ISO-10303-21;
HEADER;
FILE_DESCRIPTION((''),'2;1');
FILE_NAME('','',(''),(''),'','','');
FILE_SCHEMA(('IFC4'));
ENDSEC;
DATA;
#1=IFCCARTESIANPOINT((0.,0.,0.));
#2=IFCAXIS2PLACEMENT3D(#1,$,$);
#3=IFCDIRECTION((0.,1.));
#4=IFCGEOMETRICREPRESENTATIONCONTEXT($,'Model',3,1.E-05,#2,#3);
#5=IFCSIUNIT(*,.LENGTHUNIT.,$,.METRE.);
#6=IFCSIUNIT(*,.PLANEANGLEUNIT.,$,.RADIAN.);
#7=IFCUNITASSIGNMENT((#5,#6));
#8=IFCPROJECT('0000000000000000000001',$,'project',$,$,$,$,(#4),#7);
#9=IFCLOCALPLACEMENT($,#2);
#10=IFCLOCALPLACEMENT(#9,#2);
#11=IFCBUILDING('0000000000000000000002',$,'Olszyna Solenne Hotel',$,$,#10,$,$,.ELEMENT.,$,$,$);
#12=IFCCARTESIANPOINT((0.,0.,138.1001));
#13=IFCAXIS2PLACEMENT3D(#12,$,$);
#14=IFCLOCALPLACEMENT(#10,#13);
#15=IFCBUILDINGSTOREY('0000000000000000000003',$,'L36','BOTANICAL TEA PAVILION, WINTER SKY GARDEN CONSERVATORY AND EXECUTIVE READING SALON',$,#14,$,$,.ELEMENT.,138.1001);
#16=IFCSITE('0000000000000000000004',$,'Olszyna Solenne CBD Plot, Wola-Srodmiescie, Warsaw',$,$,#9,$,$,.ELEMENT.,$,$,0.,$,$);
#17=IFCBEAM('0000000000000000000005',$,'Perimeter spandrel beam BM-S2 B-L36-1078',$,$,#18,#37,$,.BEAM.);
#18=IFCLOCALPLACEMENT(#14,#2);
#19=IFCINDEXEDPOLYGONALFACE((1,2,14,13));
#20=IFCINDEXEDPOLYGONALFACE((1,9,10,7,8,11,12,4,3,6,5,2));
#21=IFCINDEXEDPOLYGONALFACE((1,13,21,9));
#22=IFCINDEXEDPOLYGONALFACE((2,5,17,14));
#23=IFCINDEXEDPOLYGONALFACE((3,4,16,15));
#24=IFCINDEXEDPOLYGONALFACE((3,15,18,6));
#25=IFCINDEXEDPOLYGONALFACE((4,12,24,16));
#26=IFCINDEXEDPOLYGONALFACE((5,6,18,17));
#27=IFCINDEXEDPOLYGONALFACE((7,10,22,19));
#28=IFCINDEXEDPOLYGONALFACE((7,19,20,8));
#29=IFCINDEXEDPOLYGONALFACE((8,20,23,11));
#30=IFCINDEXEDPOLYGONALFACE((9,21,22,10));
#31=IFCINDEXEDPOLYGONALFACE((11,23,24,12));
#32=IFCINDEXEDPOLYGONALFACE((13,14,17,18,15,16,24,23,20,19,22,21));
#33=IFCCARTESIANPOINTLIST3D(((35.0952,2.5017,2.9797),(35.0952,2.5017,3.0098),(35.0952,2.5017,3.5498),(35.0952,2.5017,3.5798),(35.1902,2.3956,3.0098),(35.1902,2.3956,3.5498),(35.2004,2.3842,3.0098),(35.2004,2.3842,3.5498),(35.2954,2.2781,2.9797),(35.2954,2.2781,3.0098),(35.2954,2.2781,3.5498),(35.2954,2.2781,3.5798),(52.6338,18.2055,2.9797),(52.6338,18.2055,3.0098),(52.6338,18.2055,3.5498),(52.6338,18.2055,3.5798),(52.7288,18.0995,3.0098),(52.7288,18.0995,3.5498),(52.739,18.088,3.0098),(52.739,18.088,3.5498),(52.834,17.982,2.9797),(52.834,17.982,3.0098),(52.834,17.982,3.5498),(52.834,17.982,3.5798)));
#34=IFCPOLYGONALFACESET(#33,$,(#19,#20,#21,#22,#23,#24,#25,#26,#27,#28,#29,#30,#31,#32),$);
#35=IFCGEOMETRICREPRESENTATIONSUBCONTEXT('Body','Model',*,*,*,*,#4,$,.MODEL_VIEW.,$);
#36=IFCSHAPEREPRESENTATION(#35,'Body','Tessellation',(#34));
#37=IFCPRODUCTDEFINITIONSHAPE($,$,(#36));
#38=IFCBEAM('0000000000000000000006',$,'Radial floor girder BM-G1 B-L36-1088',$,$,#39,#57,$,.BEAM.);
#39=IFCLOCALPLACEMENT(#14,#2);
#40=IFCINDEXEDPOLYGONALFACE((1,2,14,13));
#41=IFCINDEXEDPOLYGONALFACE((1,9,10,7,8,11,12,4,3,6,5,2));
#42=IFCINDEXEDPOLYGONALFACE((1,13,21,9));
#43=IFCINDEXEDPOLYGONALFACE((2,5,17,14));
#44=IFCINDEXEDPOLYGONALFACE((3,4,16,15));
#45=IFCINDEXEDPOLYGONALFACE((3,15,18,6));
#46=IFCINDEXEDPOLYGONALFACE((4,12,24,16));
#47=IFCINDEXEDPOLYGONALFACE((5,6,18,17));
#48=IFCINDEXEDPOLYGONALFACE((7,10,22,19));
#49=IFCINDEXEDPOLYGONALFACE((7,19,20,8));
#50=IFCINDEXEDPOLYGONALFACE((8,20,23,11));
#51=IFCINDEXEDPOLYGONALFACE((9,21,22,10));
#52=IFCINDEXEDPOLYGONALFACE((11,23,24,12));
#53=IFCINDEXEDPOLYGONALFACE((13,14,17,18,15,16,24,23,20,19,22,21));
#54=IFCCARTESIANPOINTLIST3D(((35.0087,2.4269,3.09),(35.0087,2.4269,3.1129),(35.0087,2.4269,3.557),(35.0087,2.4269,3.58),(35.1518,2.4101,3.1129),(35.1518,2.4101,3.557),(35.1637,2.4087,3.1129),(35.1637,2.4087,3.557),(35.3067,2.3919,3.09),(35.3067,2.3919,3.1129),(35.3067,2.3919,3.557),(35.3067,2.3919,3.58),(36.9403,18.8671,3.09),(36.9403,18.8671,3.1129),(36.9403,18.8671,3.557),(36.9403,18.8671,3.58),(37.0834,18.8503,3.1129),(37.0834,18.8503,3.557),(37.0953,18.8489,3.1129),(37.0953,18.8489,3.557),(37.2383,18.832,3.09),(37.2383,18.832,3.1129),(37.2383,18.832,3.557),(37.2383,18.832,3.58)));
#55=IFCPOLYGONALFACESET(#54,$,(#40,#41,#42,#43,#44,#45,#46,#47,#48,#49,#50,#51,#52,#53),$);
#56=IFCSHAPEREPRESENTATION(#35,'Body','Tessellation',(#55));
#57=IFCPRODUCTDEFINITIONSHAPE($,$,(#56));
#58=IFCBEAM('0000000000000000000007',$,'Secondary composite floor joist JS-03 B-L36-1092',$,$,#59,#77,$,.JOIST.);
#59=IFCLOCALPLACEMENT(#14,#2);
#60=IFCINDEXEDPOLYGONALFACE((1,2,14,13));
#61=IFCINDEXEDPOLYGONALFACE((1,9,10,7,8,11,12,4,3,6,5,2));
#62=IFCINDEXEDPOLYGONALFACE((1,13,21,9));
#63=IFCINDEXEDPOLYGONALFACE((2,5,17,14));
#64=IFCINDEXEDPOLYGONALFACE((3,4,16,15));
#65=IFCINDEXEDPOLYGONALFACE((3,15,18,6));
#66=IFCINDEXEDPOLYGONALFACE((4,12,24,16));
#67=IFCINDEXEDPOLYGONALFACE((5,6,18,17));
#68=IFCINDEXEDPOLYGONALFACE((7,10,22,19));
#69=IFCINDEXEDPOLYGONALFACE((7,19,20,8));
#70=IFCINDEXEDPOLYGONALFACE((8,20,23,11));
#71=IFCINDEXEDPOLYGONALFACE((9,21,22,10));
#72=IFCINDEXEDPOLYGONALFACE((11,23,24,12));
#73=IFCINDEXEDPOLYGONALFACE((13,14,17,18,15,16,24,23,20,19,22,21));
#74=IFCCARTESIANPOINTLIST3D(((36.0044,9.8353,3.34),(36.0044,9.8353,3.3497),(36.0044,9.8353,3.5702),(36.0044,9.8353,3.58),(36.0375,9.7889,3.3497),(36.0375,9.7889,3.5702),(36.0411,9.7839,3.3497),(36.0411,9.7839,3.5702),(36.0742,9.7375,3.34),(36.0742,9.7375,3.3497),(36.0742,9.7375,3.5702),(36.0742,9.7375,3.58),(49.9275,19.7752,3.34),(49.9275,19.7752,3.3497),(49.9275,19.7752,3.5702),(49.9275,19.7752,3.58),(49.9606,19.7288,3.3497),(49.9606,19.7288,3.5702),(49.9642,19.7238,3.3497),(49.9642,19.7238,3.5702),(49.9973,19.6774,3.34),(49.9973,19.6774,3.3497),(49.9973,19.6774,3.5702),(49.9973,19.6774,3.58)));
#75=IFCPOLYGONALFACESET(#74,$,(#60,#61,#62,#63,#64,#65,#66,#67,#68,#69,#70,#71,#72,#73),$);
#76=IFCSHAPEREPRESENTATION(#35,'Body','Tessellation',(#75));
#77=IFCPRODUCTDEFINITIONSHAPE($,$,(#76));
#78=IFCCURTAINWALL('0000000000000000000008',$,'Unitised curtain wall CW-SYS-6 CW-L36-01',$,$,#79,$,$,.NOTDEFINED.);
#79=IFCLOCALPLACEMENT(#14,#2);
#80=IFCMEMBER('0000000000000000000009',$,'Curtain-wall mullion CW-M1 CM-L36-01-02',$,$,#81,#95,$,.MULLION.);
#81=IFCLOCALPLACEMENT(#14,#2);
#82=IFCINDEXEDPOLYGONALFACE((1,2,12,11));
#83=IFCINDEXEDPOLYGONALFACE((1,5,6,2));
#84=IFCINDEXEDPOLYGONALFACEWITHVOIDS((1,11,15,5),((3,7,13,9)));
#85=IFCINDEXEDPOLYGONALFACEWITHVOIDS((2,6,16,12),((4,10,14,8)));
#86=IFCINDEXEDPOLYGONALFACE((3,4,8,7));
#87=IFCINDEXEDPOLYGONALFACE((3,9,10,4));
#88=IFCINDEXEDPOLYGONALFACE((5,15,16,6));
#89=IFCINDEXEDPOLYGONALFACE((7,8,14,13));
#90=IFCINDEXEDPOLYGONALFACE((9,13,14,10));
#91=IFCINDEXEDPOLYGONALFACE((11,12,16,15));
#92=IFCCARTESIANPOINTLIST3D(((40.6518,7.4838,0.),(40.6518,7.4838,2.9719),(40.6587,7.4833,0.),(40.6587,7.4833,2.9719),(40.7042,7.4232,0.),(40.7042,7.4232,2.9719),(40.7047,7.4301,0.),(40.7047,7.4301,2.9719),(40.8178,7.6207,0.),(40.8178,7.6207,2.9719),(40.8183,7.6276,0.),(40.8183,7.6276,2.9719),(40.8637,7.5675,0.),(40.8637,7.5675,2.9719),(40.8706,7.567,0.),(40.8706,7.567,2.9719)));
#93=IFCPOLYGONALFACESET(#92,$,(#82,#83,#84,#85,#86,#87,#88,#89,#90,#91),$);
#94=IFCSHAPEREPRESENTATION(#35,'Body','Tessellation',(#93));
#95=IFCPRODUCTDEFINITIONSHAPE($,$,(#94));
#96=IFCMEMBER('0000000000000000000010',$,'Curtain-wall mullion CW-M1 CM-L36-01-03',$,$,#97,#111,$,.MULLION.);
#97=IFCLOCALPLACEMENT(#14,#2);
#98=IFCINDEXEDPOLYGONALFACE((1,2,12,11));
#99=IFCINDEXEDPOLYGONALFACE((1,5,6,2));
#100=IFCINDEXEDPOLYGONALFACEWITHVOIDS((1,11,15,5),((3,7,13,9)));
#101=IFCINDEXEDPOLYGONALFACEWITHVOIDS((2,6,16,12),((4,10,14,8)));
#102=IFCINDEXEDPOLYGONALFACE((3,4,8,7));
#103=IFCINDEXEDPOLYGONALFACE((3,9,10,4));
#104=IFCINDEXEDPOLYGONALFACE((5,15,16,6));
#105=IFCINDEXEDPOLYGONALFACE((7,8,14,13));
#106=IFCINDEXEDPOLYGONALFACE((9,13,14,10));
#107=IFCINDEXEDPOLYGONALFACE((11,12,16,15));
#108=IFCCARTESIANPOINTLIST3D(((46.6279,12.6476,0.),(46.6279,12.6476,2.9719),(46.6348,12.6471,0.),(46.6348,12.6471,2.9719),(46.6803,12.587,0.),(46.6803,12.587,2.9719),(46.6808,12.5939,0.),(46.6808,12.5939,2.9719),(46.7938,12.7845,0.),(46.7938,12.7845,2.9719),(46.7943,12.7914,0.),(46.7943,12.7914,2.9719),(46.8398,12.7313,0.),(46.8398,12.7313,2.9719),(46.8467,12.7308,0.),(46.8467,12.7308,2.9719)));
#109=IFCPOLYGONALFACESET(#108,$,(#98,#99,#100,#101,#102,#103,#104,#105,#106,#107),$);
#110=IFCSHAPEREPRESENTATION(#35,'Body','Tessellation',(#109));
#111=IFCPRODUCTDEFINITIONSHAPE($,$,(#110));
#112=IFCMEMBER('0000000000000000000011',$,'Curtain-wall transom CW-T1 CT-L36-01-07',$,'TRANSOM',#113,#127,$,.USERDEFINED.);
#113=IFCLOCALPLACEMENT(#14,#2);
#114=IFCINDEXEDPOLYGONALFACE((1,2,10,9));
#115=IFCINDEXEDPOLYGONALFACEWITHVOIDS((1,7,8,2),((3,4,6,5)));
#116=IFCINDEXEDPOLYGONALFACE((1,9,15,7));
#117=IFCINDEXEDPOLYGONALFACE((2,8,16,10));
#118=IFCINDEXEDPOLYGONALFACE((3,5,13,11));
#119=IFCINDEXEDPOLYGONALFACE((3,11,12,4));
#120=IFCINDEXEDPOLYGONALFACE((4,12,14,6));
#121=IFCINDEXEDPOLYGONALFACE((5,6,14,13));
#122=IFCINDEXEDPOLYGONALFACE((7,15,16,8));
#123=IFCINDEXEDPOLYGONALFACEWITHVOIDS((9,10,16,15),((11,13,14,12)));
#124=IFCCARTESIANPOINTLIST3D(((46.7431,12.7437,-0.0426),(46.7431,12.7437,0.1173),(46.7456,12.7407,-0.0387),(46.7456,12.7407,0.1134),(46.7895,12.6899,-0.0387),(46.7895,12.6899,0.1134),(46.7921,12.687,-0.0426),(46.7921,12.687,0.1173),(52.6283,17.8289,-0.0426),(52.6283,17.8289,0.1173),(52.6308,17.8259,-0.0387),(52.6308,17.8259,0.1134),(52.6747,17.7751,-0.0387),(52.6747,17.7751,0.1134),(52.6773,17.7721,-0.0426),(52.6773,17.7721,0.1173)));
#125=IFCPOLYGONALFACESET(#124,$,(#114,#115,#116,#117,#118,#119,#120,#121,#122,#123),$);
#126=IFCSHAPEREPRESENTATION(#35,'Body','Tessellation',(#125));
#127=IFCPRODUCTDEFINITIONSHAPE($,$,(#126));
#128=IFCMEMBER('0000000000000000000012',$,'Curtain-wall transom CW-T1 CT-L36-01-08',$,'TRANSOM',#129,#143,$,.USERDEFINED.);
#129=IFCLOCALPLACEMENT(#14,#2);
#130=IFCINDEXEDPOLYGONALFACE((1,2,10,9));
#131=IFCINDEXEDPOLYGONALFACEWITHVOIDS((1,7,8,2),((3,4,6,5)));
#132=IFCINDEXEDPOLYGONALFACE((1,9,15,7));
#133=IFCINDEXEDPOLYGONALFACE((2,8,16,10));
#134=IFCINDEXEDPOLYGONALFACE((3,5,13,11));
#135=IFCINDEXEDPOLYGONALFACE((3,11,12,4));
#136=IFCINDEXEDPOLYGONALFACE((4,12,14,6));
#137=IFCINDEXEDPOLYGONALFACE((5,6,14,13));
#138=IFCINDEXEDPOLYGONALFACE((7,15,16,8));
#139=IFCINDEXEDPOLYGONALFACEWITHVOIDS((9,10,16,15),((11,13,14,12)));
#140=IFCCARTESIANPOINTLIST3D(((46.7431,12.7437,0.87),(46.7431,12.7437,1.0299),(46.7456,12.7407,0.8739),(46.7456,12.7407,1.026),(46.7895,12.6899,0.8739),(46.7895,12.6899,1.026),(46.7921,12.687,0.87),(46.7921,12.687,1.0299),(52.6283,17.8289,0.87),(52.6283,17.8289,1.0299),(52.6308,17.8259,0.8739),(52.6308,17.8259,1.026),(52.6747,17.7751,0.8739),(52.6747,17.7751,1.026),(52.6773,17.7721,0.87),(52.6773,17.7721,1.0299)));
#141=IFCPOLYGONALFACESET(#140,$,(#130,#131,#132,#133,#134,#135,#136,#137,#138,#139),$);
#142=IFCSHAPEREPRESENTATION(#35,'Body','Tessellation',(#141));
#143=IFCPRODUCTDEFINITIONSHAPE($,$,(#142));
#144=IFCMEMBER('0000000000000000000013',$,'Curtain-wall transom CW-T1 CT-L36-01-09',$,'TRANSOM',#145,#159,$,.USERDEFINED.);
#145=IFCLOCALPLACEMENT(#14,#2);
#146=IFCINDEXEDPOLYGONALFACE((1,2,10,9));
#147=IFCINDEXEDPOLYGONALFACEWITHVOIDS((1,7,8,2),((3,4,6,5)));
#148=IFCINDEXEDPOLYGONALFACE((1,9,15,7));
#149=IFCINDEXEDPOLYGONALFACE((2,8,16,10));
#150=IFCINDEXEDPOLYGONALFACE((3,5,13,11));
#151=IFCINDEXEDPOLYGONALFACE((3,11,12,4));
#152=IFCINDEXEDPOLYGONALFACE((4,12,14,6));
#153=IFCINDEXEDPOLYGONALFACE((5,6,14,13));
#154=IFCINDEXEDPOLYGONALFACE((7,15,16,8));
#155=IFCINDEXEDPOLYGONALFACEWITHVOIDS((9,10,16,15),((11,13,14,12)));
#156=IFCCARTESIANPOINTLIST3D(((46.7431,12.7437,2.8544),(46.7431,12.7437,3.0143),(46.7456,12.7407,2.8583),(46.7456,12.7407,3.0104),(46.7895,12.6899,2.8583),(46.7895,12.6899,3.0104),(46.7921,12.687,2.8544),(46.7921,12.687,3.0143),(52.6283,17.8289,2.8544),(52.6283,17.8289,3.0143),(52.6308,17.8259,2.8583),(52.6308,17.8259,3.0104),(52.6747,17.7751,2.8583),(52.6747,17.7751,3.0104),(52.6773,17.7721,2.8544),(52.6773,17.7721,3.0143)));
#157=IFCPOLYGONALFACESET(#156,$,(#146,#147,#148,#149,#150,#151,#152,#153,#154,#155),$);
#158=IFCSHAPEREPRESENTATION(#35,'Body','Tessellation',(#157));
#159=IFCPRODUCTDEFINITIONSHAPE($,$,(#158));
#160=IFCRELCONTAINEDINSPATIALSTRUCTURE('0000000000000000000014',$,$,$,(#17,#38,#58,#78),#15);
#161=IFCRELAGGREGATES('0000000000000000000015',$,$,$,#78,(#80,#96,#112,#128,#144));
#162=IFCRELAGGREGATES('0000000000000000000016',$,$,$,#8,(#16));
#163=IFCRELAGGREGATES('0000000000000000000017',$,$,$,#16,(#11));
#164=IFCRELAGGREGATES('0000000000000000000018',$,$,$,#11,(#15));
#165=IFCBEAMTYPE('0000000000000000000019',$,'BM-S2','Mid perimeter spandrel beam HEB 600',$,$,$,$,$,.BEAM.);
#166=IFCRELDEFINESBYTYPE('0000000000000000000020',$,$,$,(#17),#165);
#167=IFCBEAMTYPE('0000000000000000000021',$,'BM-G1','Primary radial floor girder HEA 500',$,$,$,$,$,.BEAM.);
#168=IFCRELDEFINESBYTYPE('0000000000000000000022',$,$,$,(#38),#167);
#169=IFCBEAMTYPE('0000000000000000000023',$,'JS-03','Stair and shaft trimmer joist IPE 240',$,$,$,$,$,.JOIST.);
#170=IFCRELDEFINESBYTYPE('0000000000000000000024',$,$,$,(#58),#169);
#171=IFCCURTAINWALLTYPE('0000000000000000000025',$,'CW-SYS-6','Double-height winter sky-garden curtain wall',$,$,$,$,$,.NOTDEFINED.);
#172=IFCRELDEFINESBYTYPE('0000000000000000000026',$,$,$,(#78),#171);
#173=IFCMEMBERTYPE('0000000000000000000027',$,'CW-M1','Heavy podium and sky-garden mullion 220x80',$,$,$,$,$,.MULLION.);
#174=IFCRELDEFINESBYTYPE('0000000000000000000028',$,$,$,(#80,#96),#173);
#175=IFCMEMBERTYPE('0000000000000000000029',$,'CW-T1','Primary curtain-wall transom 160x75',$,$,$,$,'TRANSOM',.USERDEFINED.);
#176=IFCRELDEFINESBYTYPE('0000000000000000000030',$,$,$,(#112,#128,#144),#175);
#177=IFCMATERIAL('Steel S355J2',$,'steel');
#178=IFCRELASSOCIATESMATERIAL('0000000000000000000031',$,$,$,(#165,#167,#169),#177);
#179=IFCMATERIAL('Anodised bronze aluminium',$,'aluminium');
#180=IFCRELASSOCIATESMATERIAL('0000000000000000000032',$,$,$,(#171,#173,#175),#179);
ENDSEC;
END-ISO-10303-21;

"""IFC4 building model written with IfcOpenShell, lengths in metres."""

from ifc_helpers import new_model, si_unit, direction, frame, origin, origin_2d, place, context, subcontext, project, spatial, hollow_rectangle, i_section, extrude, source, transform, mapped, material, material_profile, profile_set, type_object, element, aggregate, save


model = new_model("IFC4")

# Units and contexts
model_context = context("Model", 3, precision=1e-05, world=origin(), true_north=direction((0.0, 1.0)))
body_context = subcontext(model_context, "Body", "Model", "MODEL_VIEW")
ifc_project = project(units=[si_unit("LENGTHUNIT", "METRE"), si_unit("PLANEANGLEUNIT", "RADIAN")], contexts=[model_context])

# Site, building, storey
site_placement = place(None, origin())
site = spatial("IfcSite", under=ifc_project, at=site_placement, Name="Olszyna Solenne CBD Plot, Wola-Srodmiescie, Warsaw", CompositionType="ELEMENT", RefElevation=0.0)
building_placement = place(site_placement, origin())
building = spatial("IfcBuilding", under=site, at=building_placement, Name="Olszyna Solenne Hotel", CompositionType="ELEMENT")
storey_placement = place(building_placement, frame((0.0, 0.0, 138.1001)))
storey = spatial("IfcBuildingStorey", under=building, at=storey_placement, Name="L36", Description="BOTANICAL TEA PAVILION, WINTER SKY GARDEN CONSERVATORY AND EXECUTIVE READING SALON", CompositionType="ELEMENT", Elevation=138.1001)

# Beams
ifc_material_1 = material(Name="Steel S355J2", Category="steel")
ifc_material_profile_1 = material_profile(ifc_material_1, i_section(OverallWidth=0.3, OverallDepth=0.6001, WebThickness=0.0154, FlangeThickness=0.03, at=origin_2d()), Name="HEB 600", Category="load-bearing")
ifc_profile_set_1 = profile_set([ifc_material_profile_1], Name="Steel S355J2")
beam_type_1 = type_object("IfcBeamType", Name="BM-S2", Description="Mid perimeter spandrel beam HEB 600", PredefinedType="BEAM", material=ifc_profile_set_1)
shared_shape_1 = source(origin(), body_context, "Body", "SweptSolid", [
    extrude(i_section(OverallWidth=0.3, OverallDepth=0.6001, WebThickness=0.0154, FlangeThickness=0.03, at=origin_2d()), origin(), (0.0, 0.0, 1.0), 23.5417),
])
beam_1_placement = place(storey_placement, frame((35.1953, 2.3899, 3.2798), z_axis=(0.745, 0.667065, 0.0), x_axis=(-0.667065, 0.745, 0.0)))
element("IfcBeam", 1, at=beam_1_placement, inside=storey, type_object=beam_type_1, Name="Perimeter spandrel beam BM-S2 B-L36-1078", PredefinedType="BEAM", context=body_context, shape_type="MappedRepresentation", body=[
    mapped(shared_shape_1, transform((0.0, 0.0, 0.0), x_axis=(1.0, 0.0, 0.0), y_axis=(0.0, 1.0, 0.0), z_axis=(0.0, 0.0, 1.0), scale=1.0)),
])
ifc_material_profile_2 = material_profile(ifc_material_1, i_section(OverallWidth=0.3, OverallDepth=0.49, WebThickness=0.012, FlangeThickness=0.0229, at=origin_2d()), Name="HEA 500", Category="load-bearing")
ifc_profile_set_2 = profile_set([ifc_material_profile_2], Name="Steel S355J2")
beam_type_2 = type_object("IfcBeamType", Name="BM-G1", Description="Primary radial floor girder HEA 500", PredefinedType="BEAM", material=ifc_profile_set_2)
shared_shape_2 = source(origin(), body_context, "Body", "SweptSolid", [
    extrude(i_section(OverallWidth=0.3, OverallDepth=0.49, WebThickness=0.012, FlangeThickness=0.0229, at=origin_2d()), origin(), (0.0, 0.0, 1.0), 16.5532),
])
beam_2_placement = place(storey_placement, frame((35.1577, 2.4094, 3.335), z_axis=(0.116692, 0.993168, 0.0), x_axis=(-0.993168, 0.116692, 0.0)))
element("IfcBeam", 2, at=beam_2_placement, inside=storey, type_object=beam_type_2, Name="Radial floor girder BM-G1 B-L36-1088", PredefinedType="BEAM", context=body_context, shape_type="MappedRepresentation", body=[
    mapped(shared_shape_2, transform((0.0, 0.0, 0.0), x_axis=(1.0, 0.0, 0.0), y_axis=(0.0, 1.0, 0.0), z_axis=(0.0, 0.0, 1.0), scale=1.0)),
])
ifc_material_profile_3 = material_profile(ifc_material_1, i_section(OverallWidth=0.1201, OverallDepth=0.24, WebThickness=0.0061, FlangeThickness=0.0098, at=origin_2d()), Name="IPE 240", Category="load-bearing")
ifc_profile_set_3 = profile_set([ifc_material_profile_3], Name="Steel S355J2")
beam_type_3 = type_object("IfcBeamType", Name="JS-03", Description="Stair and shaft trimmer joist IPE 240", PredefinedType="JOIST", material=ifc_profile_set_3)
shared_shape_3 = source(origin(), body_context, "Body", "SweptSolid", [
    extrude(i_section(OverallWidth=0.1201, OverallDepth=0.24, WebThickness=0.0061, FlangeThickness=0.0098, at=origin_2d()), origin(), (0.0, 0.0, 1.0), 17.1072),
])
beam_3_placement = place(storey_placement, frame((36.0393, 9.7864, 3.46), z_axis=(0.813875, 0.58104, 0.0), x_axis=(-0.58104, 0.813875, 0.0)))
element("IfcBeam", 3, at=beam_3_placement, inside=storey, type_object=beam_type_3, Name="Secondary composite floor joist JS-03 B-L36-1092", PredefinedType="JOIST", context=body_context, shape_type="MappedRepresentation", body=[
    mapped(shared_shape_3, transform((0.0, 0.0, 0.0), x_axis=(1.0, 0.0, 0.0), y_axis=(0.0, 1.0, 0.0), z_axis=(0.0, 0.0, 1.0), scale=1.0)),
])

# Curtain wall, members
ifc_material_2 = material(Name="Anodised bronze aluminium", Category="aluminium")
curtain_wall_type = type_object("IfcCurtainWallType", Name="CW-SYS-6", Description="Double-height winter sky-garden curtain wall", PredefinedType="NOTDEFINED", material=ifc_material_2)
curtain_wall_placement = place(storey_placement, origin())
curtain_wall = element("IfcCurtainWall", 4, at=curtain_wall_placement, inside=storey, type_object=curtain_wall_type, Name="Unitised curtain wall CW-SYS-6 CW-L36-01", PredefinedType="NOTDEFINED")
ifc_material_profile_4 = material_profile(ifc_material_2, hollow_rectangle(XDim=0.0801, YDim=0.22, WallThickness=0.0049, at=origin_2d()), Name="MULL 220x80x5", Category="load-bearing")
ifc_profile_set_4 = profile_set([ifc_material_profile_4], Name="Anodised bronze aluminium")
member_type_1 = type_object("IfcMemberType", Name="CW-M1", Description="Heavy podium and sky-garden mullion 220x80", PredefinedType="MULLION", material=ifc_profile_set_4)
shared_shape_4 = source(origin(), body_context, "Body", "SweptSolid", [
    extrude(hollow_rectangle(XDim=0.0801, YDim=0.22, WallThickness=0.0049, at=origin_2d()), origin(), (0.0, 0.0, 1.0), 2.9719),
])
member_1_placement = place(storey_placement, frame((40.7612, 7.5254, 0.0), z_axis=(0.0, 0.0, 1.0), x_axis=(-0.653805, 0.756663, 0.0)))
member_1 = element("IfcMember", 5, at=member_1_placement, type_object=member_type_1, Name="Curtain-wall mullion CW-M1 CM-L36-01-02", PredefinedType="MULLION", context=body_context, shape_type="MappedRepresentation", body=[
    mapped(shared_shape_4, transform((0.0, 0.0, 0.0), x_axis=(1.0, 0.0, 0.0), y_axis=(0.0, 1.0, 0.0), z_axis=(0.0, 0.0, 1.0), scale=1.0)),
])
member_2_placement = place(storey_placement, frame((46.7373, 12.6892, 0.0), z_axis=(0.0, 0.0, 1.0), x_axis=(-0.653805, 0.756663, 0.0)))
member_2 = element("IfcMember", 6, at=member_2_placement, type_object=member_type_1, Name="Curtain-wall mullion CW-M1 CM-L36-01-03", PredefinedType="MULLION", context=body_context, shape_type="MappedRepresentation", body=[
    mapped(shared_shape_4, transform((0.0, 0.0, 0.0), x_axis=(1.0, 0.0, 0.0), y_axis=(0.0, 1.0, 0.0), z_axis=(0.0, 0.0, 1.0), scale=1.0)),
])
ifc_material_profile_5 = material_profile(ifc_material_2, hollow_rectangle(XDim=0.075, YDim=0.1599, WallThickness=0.0039, at=origin_2d()), Name="TRAN 160x75x4", Category="load-bearing")
ifc_profile_set_5 = profile_set([ifc_material_profile_5], Name="Anodised bronze aluminium")
member_type_2 = type_object("IfcMemberType", Name="CW-T1", Description="Primary curtain-wall transom 160x75", ElementType="TRANSOM", PredefinedType="USERDEFINED", material=ifc_profile_set_5)
shared_shape_5 = source(origin(), body_context, "Body", "SweptSolid", [
    extrude(hollow_rectangle(XDim=0.075, YDim=0.1599, WallThickness=0.0039, at=origin_2d()), origin(), (0.0, 0.0, 1.0), 7.7778),
])
member_3_placement = place(storey_placement, frame((46.7676, 12.7153, 0.0374), z_axis=(0.756665, 0.653803, 0.0), x_axis=(-0.653803, 0.756665, 0.0)))
member_3 = element("IfcMember", 7, at=member_3_placement, type_object=member_type_2, Name="Curtain-wall transom CW-T1 CT-L36-01-07", ObjectType="TRANSOM", PredefinedType="USERDEFINED", context=body_context, shape_type="MappedRepresentation", body=[
    mapped(shared_shape_5, transform((0.0, 0.0, 0.0), x_axis=(1.0, 0.0, 0.0), y_axis=(0.0, 1.0, 0.0), z_axis=(0.0, 0.0, 1.0), scale=1.0)),
])
member_4_placement = place(storey_placement, frame((46.7676, 12.7153, 0.95), z_axis=(0.756665, 0.653803, 0.0), x_axis=(-0.653803, 0.756665, 0.0)))
member_4 = element("IfcMember", 8, at=member_4_placement, type_object=member_type_2, Name="Curtain-wall transom CW-T1 CT-L36-01-08", ObjectType="TRANSOM", PredefinedType="USERDEFINED", context=body_context, shape_type="MappedRepresentation", body=[
    mapped(shared_shape_5, transform((0.0, 0.0, 0.0), x_axis=(1.0, 0.0, 0.0), y_axis=(0.0, 1.0, 0.0), z_axis=(0.0, 0.0, 1.0), scale=1.0)),
])
member_5_placement = place(storey_placement, frame((46.7676, 12.7153, 2.9343), z_axis=(0.756665, 0.653803, 0.0), x_axis=(-0.653803, 0.756665, 0.0)))
member_5 = element("IfcMember", 9, at=member_5_placement, type_object=member_type_2, Name="Curtain-wall transom CW-T1 CT-L36-01-09", ObjectType="TRANSOM", PredefinedType="USERDEFINED", context=body_context, shape_type="MappedRepresentation", body=[
    mapped(shared_shape_5, transform((0.0, 0.0, 0.0), x_axis=(1.0, 0.0, 0.0), y_axis=(0.0, 1.0, 0.0), z_axis=(0.0, 0.0, 1.0), scale=1.0)),
])

aggregate(curtain_wall, [member_1, member_2, member_3, member_4, member_5])

save(model, "model.ifc")
